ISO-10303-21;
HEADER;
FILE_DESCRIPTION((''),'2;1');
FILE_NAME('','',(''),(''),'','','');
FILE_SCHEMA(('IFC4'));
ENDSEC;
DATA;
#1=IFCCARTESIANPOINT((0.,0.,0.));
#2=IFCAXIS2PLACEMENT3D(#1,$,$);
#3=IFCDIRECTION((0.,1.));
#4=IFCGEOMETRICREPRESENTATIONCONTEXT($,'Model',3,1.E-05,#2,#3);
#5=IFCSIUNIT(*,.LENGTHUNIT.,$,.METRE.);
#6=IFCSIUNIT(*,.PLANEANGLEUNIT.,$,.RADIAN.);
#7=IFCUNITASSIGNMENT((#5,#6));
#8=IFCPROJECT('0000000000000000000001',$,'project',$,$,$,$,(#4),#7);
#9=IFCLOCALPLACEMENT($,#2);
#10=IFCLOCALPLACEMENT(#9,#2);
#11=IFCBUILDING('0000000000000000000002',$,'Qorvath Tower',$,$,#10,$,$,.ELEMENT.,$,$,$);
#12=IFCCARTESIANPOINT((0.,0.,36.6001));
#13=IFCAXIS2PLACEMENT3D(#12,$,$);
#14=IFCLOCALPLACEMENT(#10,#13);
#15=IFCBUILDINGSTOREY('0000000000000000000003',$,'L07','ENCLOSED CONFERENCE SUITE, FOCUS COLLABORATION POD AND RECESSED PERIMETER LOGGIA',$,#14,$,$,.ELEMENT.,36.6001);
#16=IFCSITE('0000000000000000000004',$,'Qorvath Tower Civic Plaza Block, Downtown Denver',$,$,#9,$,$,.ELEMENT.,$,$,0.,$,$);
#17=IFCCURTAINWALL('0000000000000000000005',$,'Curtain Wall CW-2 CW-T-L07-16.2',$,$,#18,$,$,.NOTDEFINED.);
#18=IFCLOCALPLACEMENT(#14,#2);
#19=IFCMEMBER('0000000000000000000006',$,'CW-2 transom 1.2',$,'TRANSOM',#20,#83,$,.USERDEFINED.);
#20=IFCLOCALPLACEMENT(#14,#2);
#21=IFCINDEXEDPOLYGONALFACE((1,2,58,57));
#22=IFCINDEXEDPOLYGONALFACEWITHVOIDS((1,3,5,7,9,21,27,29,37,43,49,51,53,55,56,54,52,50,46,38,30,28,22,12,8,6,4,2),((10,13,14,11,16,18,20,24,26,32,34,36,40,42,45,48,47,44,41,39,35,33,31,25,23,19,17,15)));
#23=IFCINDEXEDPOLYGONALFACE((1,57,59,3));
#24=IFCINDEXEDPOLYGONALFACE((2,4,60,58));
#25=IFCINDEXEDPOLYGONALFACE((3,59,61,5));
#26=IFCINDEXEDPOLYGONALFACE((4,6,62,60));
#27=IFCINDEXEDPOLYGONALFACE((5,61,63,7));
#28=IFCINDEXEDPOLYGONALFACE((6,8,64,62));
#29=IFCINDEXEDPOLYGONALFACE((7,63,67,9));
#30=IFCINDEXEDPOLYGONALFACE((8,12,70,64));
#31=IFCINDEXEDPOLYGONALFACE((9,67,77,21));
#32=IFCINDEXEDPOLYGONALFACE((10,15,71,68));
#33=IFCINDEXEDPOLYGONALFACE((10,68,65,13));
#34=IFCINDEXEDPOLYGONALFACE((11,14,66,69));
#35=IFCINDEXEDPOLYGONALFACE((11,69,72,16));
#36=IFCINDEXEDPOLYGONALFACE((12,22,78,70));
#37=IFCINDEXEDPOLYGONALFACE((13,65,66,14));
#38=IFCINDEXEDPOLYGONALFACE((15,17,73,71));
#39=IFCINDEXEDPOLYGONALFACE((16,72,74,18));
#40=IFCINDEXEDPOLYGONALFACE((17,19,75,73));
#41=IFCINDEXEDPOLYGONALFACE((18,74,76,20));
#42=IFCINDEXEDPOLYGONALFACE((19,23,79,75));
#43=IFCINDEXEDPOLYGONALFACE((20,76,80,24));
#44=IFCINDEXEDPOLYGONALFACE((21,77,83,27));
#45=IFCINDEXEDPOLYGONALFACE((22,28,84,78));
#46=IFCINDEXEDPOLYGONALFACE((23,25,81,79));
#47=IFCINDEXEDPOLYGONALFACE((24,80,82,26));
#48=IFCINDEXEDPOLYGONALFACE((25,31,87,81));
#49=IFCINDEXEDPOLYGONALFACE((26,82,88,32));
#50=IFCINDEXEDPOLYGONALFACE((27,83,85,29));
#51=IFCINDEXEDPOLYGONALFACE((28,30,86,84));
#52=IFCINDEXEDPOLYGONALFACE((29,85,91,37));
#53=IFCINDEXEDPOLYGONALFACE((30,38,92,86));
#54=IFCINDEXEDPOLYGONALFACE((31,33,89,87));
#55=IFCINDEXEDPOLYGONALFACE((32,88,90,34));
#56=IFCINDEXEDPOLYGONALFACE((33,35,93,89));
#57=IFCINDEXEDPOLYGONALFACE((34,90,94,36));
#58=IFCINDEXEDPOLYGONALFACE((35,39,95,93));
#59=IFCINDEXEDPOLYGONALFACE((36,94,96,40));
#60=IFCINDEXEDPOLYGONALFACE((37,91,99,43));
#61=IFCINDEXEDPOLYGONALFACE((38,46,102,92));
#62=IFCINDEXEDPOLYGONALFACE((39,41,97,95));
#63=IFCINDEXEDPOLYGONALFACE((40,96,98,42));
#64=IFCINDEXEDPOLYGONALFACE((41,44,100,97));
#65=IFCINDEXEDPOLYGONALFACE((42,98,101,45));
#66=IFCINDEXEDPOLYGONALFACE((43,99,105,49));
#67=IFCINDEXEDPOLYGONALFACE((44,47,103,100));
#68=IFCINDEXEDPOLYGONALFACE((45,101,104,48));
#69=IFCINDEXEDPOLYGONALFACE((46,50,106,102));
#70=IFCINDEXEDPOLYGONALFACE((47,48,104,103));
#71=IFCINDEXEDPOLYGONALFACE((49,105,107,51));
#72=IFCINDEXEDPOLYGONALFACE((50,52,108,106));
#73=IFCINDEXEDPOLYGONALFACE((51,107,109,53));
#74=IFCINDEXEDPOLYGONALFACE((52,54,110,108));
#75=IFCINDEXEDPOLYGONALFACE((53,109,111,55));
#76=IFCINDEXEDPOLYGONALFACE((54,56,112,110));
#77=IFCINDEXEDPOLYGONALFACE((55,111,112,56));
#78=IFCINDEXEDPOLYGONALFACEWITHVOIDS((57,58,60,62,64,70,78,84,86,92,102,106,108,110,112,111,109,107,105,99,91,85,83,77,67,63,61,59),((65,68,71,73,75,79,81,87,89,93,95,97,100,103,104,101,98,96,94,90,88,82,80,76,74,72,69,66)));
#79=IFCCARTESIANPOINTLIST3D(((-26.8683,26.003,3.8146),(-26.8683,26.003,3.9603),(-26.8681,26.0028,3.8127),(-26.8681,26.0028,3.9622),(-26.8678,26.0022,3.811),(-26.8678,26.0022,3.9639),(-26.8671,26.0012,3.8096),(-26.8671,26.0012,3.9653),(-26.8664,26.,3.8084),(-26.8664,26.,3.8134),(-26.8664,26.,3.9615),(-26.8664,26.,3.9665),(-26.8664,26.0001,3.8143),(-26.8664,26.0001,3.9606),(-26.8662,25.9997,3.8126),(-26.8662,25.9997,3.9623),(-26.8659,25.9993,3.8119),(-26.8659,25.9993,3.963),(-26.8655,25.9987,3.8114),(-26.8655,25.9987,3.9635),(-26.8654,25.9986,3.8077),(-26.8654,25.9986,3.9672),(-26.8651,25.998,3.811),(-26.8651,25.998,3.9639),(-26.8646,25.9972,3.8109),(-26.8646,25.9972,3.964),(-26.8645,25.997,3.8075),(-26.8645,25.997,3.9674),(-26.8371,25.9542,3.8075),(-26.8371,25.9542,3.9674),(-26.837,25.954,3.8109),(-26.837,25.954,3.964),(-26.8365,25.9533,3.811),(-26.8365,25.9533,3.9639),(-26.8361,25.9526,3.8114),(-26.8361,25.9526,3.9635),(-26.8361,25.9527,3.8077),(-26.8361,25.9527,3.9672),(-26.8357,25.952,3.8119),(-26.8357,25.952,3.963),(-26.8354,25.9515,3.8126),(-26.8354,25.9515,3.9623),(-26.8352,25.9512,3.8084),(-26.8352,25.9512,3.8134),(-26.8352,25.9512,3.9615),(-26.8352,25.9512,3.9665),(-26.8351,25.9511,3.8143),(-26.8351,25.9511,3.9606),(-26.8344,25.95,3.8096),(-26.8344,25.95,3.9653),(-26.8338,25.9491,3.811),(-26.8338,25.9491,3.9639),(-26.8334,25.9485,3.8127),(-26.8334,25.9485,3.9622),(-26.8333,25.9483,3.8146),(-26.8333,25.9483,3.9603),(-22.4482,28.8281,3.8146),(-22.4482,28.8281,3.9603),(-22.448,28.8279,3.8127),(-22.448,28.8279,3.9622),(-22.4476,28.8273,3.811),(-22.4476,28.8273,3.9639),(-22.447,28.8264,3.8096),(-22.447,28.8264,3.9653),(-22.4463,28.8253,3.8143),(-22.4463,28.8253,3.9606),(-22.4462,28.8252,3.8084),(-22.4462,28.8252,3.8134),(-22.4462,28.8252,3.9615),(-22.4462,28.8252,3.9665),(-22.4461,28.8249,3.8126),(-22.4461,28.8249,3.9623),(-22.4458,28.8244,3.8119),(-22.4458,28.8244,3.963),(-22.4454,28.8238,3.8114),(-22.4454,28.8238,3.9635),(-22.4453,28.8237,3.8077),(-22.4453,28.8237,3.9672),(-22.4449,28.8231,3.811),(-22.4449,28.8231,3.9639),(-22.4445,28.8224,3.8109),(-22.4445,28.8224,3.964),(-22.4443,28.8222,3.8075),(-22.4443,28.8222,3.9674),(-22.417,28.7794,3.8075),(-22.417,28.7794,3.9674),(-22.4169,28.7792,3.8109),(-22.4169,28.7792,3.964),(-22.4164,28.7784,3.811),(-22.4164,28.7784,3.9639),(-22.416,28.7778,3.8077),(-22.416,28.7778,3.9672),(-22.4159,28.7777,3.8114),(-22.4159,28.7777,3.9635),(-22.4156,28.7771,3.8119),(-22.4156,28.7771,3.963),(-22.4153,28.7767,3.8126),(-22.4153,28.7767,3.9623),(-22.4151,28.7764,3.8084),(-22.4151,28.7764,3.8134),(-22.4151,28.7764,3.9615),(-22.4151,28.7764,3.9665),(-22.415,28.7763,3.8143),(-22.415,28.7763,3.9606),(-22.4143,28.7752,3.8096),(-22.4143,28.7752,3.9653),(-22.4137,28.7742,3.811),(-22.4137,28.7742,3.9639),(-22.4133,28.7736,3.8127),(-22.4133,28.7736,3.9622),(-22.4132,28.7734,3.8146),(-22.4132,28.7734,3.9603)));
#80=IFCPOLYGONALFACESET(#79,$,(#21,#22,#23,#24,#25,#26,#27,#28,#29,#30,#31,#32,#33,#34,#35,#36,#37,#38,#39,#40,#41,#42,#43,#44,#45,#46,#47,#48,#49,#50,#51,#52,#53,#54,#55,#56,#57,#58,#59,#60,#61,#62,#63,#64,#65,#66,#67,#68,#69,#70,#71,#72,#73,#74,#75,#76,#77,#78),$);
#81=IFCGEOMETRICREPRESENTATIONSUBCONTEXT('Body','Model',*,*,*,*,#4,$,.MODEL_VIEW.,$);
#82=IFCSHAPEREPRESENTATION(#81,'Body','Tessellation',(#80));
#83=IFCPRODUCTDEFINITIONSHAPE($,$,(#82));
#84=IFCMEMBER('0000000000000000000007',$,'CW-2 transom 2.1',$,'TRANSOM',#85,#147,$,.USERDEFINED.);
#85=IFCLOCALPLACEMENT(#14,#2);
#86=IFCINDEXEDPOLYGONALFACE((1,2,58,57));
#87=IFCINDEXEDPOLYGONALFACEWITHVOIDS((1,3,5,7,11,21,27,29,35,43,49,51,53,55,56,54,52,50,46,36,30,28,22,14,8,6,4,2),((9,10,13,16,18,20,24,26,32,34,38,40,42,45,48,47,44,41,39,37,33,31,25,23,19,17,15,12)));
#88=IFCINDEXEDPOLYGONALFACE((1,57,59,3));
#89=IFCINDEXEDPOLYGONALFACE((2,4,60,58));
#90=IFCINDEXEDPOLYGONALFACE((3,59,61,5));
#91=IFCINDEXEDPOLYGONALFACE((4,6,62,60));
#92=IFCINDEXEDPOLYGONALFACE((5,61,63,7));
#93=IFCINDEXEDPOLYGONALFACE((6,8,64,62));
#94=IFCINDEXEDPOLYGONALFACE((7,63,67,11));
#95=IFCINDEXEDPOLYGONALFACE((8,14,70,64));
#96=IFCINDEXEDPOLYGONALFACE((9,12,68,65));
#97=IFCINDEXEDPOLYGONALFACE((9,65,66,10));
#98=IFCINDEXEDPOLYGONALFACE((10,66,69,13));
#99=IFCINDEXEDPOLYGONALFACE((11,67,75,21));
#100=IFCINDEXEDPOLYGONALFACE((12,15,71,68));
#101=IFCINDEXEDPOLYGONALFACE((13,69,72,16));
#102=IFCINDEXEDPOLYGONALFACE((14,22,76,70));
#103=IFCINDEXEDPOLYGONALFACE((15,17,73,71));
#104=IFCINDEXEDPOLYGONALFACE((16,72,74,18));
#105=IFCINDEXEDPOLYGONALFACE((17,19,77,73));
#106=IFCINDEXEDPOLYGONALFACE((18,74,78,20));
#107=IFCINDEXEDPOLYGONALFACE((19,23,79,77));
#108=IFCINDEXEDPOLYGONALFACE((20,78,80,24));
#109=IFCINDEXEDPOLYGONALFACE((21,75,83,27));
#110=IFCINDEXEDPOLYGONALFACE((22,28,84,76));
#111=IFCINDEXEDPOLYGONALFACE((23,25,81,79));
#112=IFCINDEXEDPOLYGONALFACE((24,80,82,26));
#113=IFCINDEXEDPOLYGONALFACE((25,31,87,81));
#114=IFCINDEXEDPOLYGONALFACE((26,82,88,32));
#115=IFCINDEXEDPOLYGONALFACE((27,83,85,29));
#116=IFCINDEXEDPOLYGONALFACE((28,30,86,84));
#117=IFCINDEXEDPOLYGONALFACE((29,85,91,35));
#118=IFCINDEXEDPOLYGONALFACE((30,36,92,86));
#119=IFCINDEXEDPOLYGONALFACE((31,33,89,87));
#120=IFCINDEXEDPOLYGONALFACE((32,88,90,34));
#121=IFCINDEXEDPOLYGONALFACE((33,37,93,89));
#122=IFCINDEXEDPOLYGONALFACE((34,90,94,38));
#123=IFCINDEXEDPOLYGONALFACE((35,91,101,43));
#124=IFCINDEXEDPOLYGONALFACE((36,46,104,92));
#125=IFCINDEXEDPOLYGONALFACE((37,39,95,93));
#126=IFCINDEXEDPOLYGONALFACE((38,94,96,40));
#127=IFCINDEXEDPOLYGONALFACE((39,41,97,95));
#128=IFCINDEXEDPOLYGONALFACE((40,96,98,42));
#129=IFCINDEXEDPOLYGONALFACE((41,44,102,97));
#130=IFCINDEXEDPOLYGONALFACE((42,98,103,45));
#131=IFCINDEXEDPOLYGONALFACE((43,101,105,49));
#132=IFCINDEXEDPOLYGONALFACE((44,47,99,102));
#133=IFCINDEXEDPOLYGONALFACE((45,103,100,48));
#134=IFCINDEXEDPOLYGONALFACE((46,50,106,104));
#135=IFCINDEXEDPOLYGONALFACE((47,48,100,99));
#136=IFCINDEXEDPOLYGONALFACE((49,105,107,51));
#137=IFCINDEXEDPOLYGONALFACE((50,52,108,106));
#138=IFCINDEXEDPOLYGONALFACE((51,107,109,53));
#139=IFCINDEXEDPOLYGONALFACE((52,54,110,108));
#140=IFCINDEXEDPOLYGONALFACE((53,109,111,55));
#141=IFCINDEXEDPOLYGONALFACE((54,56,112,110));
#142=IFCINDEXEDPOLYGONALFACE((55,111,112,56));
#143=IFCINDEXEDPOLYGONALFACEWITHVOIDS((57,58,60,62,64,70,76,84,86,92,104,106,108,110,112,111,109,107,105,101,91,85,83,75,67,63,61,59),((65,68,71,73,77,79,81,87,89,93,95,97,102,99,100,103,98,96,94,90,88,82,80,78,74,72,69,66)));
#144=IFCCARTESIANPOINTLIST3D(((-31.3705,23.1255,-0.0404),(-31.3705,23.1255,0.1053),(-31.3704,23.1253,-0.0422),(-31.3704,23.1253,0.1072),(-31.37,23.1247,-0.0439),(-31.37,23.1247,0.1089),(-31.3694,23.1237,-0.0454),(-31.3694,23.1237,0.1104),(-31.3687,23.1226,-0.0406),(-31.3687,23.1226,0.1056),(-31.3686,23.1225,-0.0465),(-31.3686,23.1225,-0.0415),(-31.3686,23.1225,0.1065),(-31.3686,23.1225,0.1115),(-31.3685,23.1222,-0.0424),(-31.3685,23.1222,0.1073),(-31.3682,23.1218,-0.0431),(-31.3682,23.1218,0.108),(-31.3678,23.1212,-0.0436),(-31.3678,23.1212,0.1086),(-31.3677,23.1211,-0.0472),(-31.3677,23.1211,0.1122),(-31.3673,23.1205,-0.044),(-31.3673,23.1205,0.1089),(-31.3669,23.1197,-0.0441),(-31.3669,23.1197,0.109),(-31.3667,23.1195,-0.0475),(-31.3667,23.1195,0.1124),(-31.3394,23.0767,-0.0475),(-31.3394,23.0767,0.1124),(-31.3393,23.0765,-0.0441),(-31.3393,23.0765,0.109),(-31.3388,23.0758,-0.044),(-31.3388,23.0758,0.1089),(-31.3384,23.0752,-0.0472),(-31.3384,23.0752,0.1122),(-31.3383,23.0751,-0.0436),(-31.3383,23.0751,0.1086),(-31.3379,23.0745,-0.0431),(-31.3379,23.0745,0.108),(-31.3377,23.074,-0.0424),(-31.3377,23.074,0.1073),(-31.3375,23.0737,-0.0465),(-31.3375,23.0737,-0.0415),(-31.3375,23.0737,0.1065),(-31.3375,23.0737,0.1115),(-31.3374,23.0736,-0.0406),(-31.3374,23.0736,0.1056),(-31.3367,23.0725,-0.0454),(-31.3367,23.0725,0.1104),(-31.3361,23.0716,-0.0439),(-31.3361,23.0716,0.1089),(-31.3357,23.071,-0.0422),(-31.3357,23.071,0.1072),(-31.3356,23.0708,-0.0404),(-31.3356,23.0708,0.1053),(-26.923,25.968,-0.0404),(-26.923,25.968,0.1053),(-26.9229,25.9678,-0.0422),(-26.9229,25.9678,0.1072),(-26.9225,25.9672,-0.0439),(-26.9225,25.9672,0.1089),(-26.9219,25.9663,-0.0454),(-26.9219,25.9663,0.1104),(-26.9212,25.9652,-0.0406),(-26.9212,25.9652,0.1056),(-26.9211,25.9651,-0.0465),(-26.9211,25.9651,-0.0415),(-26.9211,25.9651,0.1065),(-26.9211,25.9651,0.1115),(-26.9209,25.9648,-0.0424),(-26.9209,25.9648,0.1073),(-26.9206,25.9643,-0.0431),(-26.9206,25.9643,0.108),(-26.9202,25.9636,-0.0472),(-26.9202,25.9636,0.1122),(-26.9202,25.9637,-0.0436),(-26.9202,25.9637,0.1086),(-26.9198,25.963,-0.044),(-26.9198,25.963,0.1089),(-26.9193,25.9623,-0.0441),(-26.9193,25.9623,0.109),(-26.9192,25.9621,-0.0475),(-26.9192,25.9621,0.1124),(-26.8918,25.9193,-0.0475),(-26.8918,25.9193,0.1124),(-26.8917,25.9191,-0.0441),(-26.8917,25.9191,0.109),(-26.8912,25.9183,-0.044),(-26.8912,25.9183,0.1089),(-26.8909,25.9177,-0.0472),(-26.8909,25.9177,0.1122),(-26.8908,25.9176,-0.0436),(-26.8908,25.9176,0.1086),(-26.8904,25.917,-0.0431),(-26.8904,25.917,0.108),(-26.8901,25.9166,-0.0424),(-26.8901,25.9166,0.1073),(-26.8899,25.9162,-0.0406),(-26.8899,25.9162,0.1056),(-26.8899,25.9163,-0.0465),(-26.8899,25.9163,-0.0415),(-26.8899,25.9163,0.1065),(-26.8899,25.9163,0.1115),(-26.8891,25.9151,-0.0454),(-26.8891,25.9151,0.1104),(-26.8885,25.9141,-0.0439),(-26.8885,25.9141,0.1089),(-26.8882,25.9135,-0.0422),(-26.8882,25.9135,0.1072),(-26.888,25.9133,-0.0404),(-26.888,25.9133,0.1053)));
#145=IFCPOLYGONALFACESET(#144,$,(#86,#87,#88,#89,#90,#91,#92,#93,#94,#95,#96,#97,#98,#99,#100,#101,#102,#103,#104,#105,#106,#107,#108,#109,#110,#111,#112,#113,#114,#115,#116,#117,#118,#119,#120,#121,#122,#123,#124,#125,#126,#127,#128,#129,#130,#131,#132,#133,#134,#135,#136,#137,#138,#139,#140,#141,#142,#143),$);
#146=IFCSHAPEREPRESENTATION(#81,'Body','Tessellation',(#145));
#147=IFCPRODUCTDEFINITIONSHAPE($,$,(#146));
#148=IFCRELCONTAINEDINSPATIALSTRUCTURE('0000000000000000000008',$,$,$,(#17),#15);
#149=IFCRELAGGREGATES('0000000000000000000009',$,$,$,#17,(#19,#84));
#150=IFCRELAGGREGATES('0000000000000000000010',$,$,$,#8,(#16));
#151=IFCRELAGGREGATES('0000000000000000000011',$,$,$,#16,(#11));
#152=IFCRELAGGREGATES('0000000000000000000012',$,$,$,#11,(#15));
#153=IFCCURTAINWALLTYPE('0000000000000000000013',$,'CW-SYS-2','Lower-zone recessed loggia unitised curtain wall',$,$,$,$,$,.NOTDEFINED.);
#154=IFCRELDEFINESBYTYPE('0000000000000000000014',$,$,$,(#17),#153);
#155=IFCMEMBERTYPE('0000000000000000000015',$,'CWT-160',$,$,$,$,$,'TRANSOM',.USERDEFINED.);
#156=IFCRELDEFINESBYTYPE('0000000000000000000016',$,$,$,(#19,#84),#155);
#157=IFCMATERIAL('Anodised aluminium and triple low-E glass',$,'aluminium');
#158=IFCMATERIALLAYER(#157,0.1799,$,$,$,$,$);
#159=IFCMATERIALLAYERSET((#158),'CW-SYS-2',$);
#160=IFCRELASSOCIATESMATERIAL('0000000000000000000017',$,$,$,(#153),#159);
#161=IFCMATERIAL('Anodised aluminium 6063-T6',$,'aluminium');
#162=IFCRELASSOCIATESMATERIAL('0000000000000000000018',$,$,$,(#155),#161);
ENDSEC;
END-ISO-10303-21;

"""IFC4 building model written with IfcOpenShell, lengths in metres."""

from ifc_helpers import new_model, si_unit, direction, frame, origin, origin_2d, place, context, subcontext, project, spatial, hollow_rectangle, extrude, material, layer, layer_set, material_profile, profile_set, type_object, element, aggregate, save


model = new_model("IFC4")

# Units and contexts
model_context = context("Model", 3, precision=1e-05, world=origin(), true_north=direction((0.0, 1.0)))
body_context = subcontext(model_context, "Body", "Model", "MODEL_VIEW")
ifc_project = project(units=[si_unit("LENGTHUNIT", "METRE"), si_unit("PLANEANGLEUNIT", "RADIAN")], contexts=[model_context])

# Site, building, storey
site_placement = place(None, origin())
site = spatial("IfcSite", under=ifc_project, at=site_placement, Name="Qorvath Tower Civic Plaza Block, Downtown Denver", CompositionType="ELEMENT", RefElevation=0.0)
building_placement = place(site_placement, origin())
building = spatial("IfcBuilding", under=site, at=building_placement, Name="Qorvath Tower", CompositionType="ELEMENT")
storey_placement = place(building_placement, frame((0.0, 0.0, 36.6001)))
storey = spatial("IfcBuildingStorey", under=building, at=storey_placement, Name="L07", Description="ENCLOSED CONFERENCE SUITE, FOCUS COLLABORATION POD AND RECESSED PERIMETER LOGGIA", CompositionType="ELEMENT", Elevation=36.6001)

# Shared definitions
ifc_material_1 = material(Name="Anodised aluminium and triple low-E glass", Category="aluminium")
ifc_layer_1 = layer(ifc_material_1, 0.1799)
ifc_layer_set_1 = layer_set([ifc_layer_1], Name="CW-SYS-2")
curtain_wall_type = type_object("IfcCurtainWallType", Name="CW-SYS-2", Description="Lower-zone recessed loggia unitised curtain wall", PredefinedType="NOTDEFINED", material=ifc_layer_set_1)

# Curtain wall, members
curtain_wall_1_placement = place(storey_placement, origin())
curtain_wall_1 = element("IfcCurtainWall", 1, at=curtain_wall_1_placement, inside=storey, type_object=curtain_wall_type, Name="Curtain Wall CW-2 CW-T-L07-16.2", PredefinedType="NOTDEFINED")
ifc_material_2 = material(Name="Anodised aluminium 6063-T6", Category="aluminium")
ifc_material_profile_1 = material_profile(ifc_material_2, hollow_rectangle(XDim=0.0649, YDim=0.1599, WallThickness=0.0034, InnerFilletRadius=0.0034, OuterFilletRadius=0.0071, at=origin_2d()), Name="CWT 160x65")
ifc_profile_set_1 = profile_set([ifc_material_profile_1], Name="Anodised aluminium 6063-T6")
member_type_1 = type_object("IfcMemberType", Name="CWT-160", ElementType="TRANSOM", PredefinedType="USERDEFINED", material=ifc_profile_set_1)
member_1_placement = place(storey_placement, frame((-22.4307, 28.8008, 3.8875), z_axis=(-0.842592, -0.538552, 0.0), x_axis=(0.538552, -0.842592, 0.0)))
member_1 = element("IfcMember", 2, at=member_1_placement, type_object=member_type_1, Name="CW-2 transom 1.2", ObjectType="TRANSOM", PredefinedType="USERDEFINED", context=body_context, shape_type="SweptSolid", body=[
    extrude(hollow_rectangle(XDim=0.0649, YDim=0.1599, WallThickness=0.0034, InnerFilletRadius=0.0034, OuterFilletRadius=0.0071, at=origin_2d()), origin(), (0.0, 0.0, 1.0), 5.2458),
])
member_2_placement = place(storey_placement, frame((-26.9055, 25.9407, 0.0325), z_axis=(-0.842605, -0.538533, 0.0), x_axis=(0.538533, -0.842605, 0.0)))
member_2 = element("IfcMember", 3, at=member_2_placement, type_object=member_type_1, Name="CW-2 transom 2.1", ObjectType="TRANSOM", PredefinedType="USERDEFINED", context=body_context, shape_type="SweptSolid", body=[
    extrude(hollow_rectangle(XDim=0.0649, YDim=0.1599, WallThickness=0.0034, InnerFilletRadius=0.0034, OuterFilletRadius=0.0071, at=origin_2d()), origin(), (0.0, 0.0, 1.0), 5.2783),
])
aggregate(curtain_wall_1, [member_1, member_2])

save(model, "model.ifc")
